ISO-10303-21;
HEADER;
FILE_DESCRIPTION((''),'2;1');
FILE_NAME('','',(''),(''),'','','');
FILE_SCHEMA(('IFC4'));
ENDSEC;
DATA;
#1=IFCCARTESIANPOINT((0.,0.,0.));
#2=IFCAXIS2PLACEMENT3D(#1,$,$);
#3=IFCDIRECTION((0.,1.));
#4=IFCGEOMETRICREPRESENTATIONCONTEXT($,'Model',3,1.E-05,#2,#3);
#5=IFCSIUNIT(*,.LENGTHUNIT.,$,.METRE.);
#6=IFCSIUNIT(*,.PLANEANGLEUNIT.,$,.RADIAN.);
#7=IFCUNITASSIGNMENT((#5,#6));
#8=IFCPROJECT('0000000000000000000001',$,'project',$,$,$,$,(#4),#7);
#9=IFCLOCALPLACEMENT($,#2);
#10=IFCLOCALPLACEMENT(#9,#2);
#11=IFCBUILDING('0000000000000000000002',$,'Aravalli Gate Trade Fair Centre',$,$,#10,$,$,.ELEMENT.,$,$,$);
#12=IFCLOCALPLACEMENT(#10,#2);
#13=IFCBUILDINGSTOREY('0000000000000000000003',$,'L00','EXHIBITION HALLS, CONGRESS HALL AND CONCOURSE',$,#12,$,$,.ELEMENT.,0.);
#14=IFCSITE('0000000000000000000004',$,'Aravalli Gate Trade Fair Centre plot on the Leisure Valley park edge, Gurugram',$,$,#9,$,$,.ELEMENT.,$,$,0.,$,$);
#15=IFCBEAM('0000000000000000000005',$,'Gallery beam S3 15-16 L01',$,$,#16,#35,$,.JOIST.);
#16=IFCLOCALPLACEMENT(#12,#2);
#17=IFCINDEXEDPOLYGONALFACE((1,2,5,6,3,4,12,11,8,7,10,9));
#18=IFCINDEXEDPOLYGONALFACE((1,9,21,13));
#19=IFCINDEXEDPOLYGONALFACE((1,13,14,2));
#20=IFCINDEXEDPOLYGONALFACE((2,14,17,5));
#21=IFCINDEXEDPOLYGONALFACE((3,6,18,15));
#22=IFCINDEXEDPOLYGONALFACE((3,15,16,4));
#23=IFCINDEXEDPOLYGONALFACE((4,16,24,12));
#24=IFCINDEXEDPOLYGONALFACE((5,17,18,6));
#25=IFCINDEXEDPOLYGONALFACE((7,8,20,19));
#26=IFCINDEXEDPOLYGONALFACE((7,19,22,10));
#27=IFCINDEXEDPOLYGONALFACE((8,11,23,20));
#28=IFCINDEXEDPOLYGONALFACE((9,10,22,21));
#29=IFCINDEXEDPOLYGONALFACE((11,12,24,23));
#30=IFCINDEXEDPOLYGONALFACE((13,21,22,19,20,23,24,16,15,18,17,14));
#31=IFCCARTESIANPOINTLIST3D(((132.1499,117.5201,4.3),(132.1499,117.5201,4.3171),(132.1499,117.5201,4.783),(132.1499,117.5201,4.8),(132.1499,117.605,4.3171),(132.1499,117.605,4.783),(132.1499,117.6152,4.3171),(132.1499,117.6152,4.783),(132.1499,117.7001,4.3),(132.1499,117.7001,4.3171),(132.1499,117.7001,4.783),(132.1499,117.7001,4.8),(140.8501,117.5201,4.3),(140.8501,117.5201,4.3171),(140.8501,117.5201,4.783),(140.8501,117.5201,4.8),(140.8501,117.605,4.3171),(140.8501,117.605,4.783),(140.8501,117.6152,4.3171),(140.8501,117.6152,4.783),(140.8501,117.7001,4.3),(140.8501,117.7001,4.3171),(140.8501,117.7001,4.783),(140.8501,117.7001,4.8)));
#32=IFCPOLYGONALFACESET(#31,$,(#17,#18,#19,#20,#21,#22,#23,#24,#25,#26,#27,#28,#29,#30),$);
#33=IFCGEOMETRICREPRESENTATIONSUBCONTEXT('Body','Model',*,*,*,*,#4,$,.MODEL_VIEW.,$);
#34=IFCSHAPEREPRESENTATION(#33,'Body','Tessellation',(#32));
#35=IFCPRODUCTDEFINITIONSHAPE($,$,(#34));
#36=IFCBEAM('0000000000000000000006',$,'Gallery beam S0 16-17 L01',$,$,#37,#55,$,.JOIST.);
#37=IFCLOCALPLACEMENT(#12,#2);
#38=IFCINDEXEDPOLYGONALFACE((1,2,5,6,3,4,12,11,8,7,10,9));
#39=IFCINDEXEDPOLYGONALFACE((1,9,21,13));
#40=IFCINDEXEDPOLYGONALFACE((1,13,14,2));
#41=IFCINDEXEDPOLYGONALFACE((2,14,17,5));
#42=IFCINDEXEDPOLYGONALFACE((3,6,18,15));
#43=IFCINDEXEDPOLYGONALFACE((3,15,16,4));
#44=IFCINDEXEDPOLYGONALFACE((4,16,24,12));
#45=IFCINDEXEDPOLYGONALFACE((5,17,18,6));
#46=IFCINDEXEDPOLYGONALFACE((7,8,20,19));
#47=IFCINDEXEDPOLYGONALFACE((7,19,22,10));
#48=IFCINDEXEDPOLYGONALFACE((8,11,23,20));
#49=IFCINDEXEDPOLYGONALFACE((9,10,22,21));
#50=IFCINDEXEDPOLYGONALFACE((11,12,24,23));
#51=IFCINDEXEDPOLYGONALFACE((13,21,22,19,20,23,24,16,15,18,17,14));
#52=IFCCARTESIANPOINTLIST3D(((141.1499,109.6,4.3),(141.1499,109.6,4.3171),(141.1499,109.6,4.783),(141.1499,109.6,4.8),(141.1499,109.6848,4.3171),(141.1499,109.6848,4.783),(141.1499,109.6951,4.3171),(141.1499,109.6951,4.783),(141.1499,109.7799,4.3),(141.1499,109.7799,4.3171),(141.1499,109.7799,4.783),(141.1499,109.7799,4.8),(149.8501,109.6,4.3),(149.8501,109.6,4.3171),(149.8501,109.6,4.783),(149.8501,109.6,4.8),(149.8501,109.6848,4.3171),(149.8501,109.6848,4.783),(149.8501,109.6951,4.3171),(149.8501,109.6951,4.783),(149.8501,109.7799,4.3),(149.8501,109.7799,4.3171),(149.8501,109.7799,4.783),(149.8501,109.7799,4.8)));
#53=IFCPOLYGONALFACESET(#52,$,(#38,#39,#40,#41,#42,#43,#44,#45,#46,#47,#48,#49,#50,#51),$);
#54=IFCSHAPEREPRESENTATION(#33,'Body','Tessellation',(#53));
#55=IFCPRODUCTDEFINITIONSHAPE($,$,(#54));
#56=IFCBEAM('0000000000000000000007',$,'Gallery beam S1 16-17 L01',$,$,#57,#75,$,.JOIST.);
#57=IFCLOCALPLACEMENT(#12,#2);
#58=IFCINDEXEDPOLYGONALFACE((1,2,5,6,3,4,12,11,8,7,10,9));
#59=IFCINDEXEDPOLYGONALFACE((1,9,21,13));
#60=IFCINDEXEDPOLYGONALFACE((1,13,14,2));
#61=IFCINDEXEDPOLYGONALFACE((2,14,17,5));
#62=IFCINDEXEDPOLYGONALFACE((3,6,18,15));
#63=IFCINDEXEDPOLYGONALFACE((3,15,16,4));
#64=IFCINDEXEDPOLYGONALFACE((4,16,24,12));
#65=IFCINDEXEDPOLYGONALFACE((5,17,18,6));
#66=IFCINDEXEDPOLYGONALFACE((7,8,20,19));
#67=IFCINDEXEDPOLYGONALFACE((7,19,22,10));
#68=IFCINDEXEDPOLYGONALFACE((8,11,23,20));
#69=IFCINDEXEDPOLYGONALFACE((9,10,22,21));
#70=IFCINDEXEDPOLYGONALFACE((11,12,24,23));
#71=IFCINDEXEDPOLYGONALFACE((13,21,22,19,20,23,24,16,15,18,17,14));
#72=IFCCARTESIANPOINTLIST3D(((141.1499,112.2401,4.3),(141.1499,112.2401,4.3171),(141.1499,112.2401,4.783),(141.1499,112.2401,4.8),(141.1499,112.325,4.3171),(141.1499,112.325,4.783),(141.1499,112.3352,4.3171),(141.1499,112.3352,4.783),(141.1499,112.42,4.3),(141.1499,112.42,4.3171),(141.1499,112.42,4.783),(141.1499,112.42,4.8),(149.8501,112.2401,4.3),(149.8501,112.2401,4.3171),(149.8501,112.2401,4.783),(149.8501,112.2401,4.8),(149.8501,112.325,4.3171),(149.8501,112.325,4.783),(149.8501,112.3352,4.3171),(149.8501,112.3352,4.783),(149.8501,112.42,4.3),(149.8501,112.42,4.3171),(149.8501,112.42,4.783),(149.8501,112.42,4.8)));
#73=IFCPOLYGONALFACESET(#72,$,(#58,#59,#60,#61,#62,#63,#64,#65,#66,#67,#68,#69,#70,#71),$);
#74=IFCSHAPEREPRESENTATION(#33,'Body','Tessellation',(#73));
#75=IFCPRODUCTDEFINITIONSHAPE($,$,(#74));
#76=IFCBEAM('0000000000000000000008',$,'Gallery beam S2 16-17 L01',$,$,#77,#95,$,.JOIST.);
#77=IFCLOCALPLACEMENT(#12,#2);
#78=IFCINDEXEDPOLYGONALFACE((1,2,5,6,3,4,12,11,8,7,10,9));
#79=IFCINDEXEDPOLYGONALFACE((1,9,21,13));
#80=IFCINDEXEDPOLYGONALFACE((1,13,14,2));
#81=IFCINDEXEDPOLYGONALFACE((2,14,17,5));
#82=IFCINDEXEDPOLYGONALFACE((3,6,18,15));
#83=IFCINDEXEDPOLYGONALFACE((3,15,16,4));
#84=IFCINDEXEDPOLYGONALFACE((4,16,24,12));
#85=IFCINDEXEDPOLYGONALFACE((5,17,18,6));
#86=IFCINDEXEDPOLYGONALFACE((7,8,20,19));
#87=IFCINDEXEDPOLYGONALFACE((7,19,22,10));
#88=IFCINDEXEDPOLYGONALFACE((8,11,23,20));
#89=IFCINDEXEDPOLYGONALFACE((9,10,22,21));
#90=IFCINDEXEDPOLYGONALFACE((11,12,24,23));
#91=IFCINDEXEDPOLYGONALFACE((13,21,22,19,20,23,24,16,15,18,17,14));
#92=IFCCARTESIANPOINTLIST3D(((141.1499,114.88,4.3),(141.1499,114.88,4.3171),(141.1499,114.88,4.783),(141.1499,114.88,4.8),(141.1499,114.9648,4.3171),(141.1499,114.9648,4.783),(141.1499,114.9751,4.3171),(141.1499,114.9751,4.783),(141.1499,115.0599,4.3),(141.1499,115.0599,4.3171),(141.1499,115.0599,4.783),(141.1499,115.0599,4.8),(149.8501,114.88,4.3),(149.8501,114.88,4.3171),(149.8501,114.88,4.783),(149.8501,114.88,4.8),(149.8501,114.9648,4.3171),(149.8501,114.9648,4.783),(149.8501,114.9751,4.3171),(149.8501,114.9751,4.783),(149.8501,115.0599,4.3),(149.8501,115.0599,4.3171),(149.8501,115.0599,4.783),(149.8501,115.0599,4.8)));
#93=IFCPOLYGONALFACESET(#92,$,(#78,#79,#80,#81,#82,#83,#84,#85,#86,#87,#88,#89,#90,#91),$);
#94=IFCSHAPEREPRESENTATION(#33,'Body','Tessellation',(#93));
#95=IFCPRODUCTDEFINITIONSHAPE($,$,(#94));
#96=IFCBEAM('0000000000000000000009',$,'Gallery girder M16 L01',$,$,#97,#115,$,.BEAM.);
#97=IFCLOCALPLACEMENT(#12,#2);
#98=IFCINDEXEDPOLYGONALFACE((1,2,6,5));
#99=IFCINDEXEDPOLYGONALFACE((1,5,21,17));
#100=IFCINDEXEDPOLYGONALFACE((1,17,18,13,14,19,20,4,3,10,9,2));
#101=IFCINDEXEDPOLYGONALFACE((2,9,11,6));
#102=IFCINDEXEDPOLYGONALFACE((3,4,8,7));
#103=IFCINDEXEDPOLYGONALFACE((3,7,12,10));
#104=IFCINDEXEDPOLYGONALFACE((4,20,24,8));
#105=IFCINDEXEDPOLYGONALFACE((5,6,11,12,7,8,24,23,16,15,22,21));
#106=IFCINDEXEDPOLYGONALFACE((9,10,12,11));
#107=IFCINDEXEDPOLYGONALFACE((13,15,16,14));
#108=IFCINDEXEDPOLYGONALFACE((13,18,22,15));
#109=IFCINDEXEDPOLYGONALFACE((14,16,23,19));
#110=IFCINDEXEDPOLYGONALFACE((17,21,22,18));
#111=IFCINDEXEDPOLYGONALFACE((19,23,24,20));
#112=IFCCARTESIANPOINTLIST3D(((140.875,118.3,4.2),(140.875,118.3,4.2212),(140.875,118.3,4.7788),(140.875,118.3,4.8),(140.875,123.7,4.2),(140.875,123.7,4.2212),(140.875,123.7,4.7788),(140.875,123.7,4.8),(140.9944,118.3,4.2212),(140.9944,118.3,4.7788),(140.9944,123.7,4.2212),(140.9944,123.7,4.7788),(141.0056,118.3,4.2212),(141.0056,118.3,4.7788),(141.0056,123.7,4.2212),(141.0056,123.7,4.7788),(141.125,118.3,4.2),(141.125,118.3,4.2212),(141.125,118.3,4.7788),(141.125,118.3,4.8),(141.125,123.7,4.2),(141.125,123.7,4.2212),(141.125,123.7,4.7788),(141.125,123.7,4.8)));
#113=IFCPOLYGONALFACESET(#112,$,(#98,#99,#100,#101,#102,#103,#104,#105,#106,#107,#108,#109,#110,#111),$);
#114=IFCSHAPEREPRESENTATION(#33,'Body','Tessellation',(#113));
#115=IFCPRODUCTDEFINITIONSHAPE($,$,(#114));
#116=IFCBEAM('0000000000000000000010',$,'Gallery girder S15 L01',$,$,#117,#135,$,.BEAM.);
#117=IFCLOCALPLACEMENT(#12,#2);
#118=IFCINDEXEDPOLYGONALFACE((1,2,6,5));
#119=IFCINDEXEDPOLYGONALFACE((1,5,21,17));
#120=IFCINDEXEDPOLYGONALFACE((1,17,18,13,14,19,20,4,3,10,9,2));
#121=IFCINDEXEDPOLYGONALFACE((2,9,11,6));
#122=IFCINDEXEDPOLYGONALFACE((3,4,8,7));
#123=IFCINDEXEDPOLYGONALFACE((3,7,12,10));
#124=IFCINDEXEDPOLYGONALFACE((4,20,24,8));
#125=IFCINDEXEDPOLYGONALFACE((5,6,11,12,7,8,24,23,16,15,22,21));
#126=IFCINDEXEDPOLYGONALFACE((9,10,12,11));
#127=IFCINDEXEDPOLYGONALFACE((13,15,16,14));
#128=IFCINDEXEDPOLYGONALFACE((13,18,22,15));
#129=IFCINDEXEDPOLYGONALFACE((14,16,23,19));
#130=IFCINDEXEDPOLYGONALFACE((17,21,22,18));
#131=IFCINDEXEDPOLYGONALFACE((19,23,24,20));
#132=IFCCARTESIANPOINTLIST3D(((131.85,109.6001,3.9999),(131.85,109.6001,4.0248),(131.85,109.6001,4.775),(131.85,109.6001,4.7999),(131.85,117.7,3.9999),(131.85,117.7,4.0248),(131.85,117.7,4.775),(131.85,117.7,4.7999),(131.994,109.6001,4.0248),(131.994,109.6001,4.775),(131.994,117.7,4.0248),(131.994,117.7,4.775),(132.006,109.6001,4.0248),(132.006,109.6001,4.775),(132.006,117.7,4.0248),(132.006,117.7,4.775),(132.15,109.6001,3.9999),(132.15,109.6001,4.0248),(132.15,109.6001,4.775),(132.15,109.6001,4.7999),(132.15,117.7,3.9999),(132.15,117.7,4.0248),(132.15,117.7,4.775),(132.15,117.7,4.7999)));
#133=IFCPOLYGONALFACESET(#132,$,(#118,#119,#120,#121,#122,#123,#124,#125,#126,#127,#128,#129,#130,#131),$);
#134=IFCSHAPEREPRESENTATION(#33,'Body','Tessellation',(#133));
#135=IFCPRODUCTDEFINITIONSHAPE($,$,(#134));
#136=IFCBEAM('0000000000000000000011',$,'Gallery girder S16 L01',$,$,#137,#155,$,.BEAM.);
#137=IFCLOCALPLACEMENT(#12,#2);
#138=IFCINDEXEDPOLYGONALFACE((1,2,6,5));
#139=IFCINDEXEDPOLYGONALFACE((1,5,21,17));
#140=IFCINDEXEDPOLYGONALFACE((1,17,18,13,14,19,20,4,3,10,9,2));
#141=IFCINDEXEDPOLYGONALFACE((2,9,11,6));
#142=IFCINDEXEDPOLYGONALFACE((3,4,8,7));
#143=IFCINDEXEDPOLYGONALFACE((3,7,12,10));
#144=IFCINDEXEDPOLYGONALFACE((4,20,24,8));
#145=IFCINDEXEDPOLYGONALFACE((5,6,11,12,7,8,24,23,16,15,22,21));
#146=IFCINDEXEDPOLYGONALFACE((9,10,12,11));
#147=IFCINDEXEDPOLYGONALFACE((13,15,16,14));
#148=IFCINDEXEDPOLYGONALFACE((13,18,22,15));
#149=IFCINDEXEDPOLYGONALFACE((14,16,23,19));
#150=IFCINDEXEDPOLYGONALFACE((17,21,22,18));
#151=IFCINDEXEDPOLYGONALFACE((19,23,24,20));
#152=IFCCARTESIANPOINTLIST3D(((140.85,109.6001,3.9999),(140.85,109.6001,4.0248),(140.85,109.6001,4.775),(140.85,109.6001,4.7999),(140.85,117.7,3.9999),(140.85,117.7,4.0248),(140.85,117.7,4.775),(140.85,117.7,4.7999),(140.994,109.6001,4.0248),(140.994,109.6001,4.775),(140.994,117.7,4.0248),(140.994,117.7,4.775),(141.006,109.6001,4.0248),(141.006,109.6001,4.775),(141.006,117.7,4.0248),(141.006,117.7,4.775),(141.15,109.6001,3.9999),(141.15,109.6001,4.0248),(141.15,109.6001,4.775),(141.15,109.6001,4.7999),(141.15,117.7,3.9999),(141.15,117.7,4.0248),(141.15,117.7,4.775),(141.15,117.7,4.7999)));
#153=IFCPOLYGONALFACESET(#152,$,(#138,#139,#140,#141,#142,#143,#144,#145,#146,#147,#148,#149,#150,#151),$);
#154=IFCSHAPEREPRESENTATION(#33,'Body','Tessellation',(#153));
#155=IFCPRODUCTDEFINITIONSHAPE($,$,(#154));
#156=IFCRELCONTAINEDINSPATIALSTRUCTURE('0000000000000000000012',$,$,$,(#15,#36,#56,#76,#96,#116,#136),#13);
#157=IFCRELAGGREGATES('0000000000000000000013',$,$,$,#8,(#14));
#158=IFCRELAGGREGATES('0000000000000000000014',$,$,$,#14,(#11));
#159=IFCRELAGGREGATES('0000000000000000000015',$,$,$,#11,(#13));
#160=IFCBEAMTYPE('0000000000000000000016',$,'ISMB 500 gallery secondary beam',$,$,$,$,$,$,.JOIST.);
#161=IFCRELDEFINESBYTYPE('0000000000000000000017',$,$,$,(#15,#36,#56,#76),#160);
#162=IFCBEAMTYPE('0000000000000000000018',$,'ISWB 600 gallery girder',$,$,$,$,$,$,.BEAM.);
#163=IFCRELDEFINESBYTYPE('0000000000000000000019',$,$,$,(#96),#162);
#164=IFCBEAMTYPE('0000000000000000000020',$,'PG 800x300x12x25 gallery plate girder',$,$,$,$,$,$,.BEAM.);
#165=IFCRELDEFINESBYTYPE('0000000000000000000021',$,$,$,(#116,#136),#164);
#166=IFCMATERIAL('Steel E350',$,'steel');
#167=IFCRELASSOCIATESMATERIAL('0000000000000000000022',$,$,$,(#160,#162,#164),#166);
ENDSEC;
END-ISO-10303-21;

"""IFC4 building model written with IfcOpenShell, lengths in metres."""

from ifc_helpers import new_model, si_unit, direction, frame, origin, origin_2d, place, context, subcontext, project, spatial, i_section, extrude, material, material_profile, profile_set, type_object, element, save


model = new_model("IFC4")

# Units and contexts
model_context = context("Model", 3, precision=1e-05, world=origin(), true_north=direction((0.0, 1.0)))
body_context = subcontext(model_context, "Body", "Model", "MODEL_VIEW")
ifc_project = project(units=[si_unit("LENGTHUNIT", "METRE"), si_unit("PLANEANGLEUNIT", "RADIAN")], contexts=[model_context])

# Site, building, storey
site_placement = place(None, origin())
site = spatial("IfcSite", under=ifc_project, at=site_placement, Name="Aravalli Gate Trade Fair Centre plot on the Leisure Valley park edge, Gurugram", CompositionType="ELEMENT", RefElevation=0.0)
building_placement = place(site_placement, origin())
building = spatial("IfcBuilding", under=site, at=building_placement, Name="Aravalli Gate Trade Fair Centre", CompositionType="ELEMENT")
storey_placement = place(building_placement, origin())
storey = spatial("IfcBuildingStorey", under=building, at=storey_placement, Name="L00", Description="EXHIBITION HALLS, CONGRESS HALL AND CONCOURSE", CompositionType="ELEMENT", Elevation=0.0)

# Beams
ifc_material_1 = material(Name="Steel E350", Category="steel")
ifc_material_profile_1 = material_profile(ifc_material_1, i_section(OverallWidth=0.1799, OverallDepth=0.5, WebThickness=0.0103, FlangeThickness=0.0171, at=origin_2d()), Name="ISMB 500")
ifc_profile_set_1 = profile_set([ifc_material_profile_1], Name="Steel E350")
beam_type_1 = type_object("IfcBeamType", Name="ISMB 500 gallery secondary beam", PredefinedType="JOIST", material=ifc_profile_set_1)
for number, where, z_axis, x_axis, name in (
    (1, (132.1499, 117.6101, 4.55), (1.0, 0.0, 0.0), (0.0, 1.0, 0.0), "Gallery beam S3 15-16 L01"),
    (2, (141.1499, 109.6899, 4.55), (1.0, 0.0, 0.0), (0.0, 1.0, 0.0), "Gallery beam S0 16-17 L01"),
    (3, (141.1499, 112.3301, 4.55), (1.0, 0.0, 0.0), (0.0, 1.0, 0.0), "Gallery beam S1 16-17 L01"),
    (4, (141.1499, 114.97, 4.55), (1.0, 0.0, 0.0), (0.0, 1.0, 0.0), "Gallery beam S2 16-17 L01"),
):
    element("IfcBeam", number, at=place(storey_placement, frame(where, z_axis=z_axis, x_axis=x_axis)), inside=storey, type_object=beam_type_1, Name=name, PredefinedType="JOIST", context=body_context, shape_type="SweptSolid", body=[
        extrude(i_section(OverallWidth=0.1799, OverallDepth=0.5, WebThickness=0.0103, FlangeThickness=0.0171, at=origin_2d()), origin(), (0.0, 0.0, 1.0), 8.7002),
    ])
ifc_material_profile_2 = material_profile(ifc_material_1, i_section(OverallWidth=0.25, OverallDepth=0.6001, WebThickness=0.0112, FlangeThickness=0.0212, at=origin_2d()), Name="ISWB 600")
ifc_profile_set_2 = profile_set([ifc_material_profile_2], Name="Steel E350")
beam_type_2 = type_object("IfcBeamType", Name="ISWB 600 gallery girder", PredefinedType="BEAM", material=ifc_profile_set_2)
beam_1_placement = place(storey_placement, frame((141.0, 118.3, 4.5), z_axis=(0.0, 1.0, 0.0), x_axis=(-1.0, 0.0, 0.0)))
element("IfcBeam", 5, at=beam_1_placement, inside=storey, type_object=beam_type_2, Name="Gallery girder M16 L01", PredefinedType="BEAM", context=body_context, shape_type="SweptSolid", body=[
    extrude(i_section(OverallWidth=0.25, OverallDepth=0.6001, WebThickness=0.0112, FlangeThickness=0.0212, at=origin_2d()), origin(), (0.0, 0.0, 1.0), 5.3999),
])
ifc_material_profile_3 = material_profile(ifc_material_1, i_section(OverallWidth=0.3, OverallDepth=0.8, WebThickness=0.012, FlangeThickness=0.0249, at=origin_2d()), Name="PG 800x300x12x25")
ifc_profile_set_3 = profile_set([ifc_material_profile_3], Name="Steel E350")
beam_type_3 = type_object("IfcBeamType", Name="PG 800x300x12x25 gallery plate girder", PredefinedType="BEAM", material=ifc_profile_set_3)
for number, where, z_axis, x_axis, name in (
    (6, (132.0, 109.6001, 4.3999), (0.0, 1.0, 0.0), (-1.0, 0.0, 0.0), "Gallery girder S15 L01"),
    (7, (141.0, 109.6001, 4.3999), (0.0, 1.0, 0.0), (-1.0, 0.0, 0.0), "Gallery girder S16 L01"),
):
    element("IfcBeam", number, at=place(storey_placement, frame(where, z_axis=z_axis, x_axis=x_axis)), inside=storey, type_object=beam_type_3, Name=name, PredefinedType="BEAM", context=body_context, shape_type="SweptSolid", body=[
        extrude(i_section(OverallWidth=0.3, OverallDepth=0.8, WebThickness=0.012, FlangeThickness=0.0249, at=origin_2d()), origin(), (0.0, 0.0, 1.0), 8.0999),
    ])

save(model, "model.ifc")
